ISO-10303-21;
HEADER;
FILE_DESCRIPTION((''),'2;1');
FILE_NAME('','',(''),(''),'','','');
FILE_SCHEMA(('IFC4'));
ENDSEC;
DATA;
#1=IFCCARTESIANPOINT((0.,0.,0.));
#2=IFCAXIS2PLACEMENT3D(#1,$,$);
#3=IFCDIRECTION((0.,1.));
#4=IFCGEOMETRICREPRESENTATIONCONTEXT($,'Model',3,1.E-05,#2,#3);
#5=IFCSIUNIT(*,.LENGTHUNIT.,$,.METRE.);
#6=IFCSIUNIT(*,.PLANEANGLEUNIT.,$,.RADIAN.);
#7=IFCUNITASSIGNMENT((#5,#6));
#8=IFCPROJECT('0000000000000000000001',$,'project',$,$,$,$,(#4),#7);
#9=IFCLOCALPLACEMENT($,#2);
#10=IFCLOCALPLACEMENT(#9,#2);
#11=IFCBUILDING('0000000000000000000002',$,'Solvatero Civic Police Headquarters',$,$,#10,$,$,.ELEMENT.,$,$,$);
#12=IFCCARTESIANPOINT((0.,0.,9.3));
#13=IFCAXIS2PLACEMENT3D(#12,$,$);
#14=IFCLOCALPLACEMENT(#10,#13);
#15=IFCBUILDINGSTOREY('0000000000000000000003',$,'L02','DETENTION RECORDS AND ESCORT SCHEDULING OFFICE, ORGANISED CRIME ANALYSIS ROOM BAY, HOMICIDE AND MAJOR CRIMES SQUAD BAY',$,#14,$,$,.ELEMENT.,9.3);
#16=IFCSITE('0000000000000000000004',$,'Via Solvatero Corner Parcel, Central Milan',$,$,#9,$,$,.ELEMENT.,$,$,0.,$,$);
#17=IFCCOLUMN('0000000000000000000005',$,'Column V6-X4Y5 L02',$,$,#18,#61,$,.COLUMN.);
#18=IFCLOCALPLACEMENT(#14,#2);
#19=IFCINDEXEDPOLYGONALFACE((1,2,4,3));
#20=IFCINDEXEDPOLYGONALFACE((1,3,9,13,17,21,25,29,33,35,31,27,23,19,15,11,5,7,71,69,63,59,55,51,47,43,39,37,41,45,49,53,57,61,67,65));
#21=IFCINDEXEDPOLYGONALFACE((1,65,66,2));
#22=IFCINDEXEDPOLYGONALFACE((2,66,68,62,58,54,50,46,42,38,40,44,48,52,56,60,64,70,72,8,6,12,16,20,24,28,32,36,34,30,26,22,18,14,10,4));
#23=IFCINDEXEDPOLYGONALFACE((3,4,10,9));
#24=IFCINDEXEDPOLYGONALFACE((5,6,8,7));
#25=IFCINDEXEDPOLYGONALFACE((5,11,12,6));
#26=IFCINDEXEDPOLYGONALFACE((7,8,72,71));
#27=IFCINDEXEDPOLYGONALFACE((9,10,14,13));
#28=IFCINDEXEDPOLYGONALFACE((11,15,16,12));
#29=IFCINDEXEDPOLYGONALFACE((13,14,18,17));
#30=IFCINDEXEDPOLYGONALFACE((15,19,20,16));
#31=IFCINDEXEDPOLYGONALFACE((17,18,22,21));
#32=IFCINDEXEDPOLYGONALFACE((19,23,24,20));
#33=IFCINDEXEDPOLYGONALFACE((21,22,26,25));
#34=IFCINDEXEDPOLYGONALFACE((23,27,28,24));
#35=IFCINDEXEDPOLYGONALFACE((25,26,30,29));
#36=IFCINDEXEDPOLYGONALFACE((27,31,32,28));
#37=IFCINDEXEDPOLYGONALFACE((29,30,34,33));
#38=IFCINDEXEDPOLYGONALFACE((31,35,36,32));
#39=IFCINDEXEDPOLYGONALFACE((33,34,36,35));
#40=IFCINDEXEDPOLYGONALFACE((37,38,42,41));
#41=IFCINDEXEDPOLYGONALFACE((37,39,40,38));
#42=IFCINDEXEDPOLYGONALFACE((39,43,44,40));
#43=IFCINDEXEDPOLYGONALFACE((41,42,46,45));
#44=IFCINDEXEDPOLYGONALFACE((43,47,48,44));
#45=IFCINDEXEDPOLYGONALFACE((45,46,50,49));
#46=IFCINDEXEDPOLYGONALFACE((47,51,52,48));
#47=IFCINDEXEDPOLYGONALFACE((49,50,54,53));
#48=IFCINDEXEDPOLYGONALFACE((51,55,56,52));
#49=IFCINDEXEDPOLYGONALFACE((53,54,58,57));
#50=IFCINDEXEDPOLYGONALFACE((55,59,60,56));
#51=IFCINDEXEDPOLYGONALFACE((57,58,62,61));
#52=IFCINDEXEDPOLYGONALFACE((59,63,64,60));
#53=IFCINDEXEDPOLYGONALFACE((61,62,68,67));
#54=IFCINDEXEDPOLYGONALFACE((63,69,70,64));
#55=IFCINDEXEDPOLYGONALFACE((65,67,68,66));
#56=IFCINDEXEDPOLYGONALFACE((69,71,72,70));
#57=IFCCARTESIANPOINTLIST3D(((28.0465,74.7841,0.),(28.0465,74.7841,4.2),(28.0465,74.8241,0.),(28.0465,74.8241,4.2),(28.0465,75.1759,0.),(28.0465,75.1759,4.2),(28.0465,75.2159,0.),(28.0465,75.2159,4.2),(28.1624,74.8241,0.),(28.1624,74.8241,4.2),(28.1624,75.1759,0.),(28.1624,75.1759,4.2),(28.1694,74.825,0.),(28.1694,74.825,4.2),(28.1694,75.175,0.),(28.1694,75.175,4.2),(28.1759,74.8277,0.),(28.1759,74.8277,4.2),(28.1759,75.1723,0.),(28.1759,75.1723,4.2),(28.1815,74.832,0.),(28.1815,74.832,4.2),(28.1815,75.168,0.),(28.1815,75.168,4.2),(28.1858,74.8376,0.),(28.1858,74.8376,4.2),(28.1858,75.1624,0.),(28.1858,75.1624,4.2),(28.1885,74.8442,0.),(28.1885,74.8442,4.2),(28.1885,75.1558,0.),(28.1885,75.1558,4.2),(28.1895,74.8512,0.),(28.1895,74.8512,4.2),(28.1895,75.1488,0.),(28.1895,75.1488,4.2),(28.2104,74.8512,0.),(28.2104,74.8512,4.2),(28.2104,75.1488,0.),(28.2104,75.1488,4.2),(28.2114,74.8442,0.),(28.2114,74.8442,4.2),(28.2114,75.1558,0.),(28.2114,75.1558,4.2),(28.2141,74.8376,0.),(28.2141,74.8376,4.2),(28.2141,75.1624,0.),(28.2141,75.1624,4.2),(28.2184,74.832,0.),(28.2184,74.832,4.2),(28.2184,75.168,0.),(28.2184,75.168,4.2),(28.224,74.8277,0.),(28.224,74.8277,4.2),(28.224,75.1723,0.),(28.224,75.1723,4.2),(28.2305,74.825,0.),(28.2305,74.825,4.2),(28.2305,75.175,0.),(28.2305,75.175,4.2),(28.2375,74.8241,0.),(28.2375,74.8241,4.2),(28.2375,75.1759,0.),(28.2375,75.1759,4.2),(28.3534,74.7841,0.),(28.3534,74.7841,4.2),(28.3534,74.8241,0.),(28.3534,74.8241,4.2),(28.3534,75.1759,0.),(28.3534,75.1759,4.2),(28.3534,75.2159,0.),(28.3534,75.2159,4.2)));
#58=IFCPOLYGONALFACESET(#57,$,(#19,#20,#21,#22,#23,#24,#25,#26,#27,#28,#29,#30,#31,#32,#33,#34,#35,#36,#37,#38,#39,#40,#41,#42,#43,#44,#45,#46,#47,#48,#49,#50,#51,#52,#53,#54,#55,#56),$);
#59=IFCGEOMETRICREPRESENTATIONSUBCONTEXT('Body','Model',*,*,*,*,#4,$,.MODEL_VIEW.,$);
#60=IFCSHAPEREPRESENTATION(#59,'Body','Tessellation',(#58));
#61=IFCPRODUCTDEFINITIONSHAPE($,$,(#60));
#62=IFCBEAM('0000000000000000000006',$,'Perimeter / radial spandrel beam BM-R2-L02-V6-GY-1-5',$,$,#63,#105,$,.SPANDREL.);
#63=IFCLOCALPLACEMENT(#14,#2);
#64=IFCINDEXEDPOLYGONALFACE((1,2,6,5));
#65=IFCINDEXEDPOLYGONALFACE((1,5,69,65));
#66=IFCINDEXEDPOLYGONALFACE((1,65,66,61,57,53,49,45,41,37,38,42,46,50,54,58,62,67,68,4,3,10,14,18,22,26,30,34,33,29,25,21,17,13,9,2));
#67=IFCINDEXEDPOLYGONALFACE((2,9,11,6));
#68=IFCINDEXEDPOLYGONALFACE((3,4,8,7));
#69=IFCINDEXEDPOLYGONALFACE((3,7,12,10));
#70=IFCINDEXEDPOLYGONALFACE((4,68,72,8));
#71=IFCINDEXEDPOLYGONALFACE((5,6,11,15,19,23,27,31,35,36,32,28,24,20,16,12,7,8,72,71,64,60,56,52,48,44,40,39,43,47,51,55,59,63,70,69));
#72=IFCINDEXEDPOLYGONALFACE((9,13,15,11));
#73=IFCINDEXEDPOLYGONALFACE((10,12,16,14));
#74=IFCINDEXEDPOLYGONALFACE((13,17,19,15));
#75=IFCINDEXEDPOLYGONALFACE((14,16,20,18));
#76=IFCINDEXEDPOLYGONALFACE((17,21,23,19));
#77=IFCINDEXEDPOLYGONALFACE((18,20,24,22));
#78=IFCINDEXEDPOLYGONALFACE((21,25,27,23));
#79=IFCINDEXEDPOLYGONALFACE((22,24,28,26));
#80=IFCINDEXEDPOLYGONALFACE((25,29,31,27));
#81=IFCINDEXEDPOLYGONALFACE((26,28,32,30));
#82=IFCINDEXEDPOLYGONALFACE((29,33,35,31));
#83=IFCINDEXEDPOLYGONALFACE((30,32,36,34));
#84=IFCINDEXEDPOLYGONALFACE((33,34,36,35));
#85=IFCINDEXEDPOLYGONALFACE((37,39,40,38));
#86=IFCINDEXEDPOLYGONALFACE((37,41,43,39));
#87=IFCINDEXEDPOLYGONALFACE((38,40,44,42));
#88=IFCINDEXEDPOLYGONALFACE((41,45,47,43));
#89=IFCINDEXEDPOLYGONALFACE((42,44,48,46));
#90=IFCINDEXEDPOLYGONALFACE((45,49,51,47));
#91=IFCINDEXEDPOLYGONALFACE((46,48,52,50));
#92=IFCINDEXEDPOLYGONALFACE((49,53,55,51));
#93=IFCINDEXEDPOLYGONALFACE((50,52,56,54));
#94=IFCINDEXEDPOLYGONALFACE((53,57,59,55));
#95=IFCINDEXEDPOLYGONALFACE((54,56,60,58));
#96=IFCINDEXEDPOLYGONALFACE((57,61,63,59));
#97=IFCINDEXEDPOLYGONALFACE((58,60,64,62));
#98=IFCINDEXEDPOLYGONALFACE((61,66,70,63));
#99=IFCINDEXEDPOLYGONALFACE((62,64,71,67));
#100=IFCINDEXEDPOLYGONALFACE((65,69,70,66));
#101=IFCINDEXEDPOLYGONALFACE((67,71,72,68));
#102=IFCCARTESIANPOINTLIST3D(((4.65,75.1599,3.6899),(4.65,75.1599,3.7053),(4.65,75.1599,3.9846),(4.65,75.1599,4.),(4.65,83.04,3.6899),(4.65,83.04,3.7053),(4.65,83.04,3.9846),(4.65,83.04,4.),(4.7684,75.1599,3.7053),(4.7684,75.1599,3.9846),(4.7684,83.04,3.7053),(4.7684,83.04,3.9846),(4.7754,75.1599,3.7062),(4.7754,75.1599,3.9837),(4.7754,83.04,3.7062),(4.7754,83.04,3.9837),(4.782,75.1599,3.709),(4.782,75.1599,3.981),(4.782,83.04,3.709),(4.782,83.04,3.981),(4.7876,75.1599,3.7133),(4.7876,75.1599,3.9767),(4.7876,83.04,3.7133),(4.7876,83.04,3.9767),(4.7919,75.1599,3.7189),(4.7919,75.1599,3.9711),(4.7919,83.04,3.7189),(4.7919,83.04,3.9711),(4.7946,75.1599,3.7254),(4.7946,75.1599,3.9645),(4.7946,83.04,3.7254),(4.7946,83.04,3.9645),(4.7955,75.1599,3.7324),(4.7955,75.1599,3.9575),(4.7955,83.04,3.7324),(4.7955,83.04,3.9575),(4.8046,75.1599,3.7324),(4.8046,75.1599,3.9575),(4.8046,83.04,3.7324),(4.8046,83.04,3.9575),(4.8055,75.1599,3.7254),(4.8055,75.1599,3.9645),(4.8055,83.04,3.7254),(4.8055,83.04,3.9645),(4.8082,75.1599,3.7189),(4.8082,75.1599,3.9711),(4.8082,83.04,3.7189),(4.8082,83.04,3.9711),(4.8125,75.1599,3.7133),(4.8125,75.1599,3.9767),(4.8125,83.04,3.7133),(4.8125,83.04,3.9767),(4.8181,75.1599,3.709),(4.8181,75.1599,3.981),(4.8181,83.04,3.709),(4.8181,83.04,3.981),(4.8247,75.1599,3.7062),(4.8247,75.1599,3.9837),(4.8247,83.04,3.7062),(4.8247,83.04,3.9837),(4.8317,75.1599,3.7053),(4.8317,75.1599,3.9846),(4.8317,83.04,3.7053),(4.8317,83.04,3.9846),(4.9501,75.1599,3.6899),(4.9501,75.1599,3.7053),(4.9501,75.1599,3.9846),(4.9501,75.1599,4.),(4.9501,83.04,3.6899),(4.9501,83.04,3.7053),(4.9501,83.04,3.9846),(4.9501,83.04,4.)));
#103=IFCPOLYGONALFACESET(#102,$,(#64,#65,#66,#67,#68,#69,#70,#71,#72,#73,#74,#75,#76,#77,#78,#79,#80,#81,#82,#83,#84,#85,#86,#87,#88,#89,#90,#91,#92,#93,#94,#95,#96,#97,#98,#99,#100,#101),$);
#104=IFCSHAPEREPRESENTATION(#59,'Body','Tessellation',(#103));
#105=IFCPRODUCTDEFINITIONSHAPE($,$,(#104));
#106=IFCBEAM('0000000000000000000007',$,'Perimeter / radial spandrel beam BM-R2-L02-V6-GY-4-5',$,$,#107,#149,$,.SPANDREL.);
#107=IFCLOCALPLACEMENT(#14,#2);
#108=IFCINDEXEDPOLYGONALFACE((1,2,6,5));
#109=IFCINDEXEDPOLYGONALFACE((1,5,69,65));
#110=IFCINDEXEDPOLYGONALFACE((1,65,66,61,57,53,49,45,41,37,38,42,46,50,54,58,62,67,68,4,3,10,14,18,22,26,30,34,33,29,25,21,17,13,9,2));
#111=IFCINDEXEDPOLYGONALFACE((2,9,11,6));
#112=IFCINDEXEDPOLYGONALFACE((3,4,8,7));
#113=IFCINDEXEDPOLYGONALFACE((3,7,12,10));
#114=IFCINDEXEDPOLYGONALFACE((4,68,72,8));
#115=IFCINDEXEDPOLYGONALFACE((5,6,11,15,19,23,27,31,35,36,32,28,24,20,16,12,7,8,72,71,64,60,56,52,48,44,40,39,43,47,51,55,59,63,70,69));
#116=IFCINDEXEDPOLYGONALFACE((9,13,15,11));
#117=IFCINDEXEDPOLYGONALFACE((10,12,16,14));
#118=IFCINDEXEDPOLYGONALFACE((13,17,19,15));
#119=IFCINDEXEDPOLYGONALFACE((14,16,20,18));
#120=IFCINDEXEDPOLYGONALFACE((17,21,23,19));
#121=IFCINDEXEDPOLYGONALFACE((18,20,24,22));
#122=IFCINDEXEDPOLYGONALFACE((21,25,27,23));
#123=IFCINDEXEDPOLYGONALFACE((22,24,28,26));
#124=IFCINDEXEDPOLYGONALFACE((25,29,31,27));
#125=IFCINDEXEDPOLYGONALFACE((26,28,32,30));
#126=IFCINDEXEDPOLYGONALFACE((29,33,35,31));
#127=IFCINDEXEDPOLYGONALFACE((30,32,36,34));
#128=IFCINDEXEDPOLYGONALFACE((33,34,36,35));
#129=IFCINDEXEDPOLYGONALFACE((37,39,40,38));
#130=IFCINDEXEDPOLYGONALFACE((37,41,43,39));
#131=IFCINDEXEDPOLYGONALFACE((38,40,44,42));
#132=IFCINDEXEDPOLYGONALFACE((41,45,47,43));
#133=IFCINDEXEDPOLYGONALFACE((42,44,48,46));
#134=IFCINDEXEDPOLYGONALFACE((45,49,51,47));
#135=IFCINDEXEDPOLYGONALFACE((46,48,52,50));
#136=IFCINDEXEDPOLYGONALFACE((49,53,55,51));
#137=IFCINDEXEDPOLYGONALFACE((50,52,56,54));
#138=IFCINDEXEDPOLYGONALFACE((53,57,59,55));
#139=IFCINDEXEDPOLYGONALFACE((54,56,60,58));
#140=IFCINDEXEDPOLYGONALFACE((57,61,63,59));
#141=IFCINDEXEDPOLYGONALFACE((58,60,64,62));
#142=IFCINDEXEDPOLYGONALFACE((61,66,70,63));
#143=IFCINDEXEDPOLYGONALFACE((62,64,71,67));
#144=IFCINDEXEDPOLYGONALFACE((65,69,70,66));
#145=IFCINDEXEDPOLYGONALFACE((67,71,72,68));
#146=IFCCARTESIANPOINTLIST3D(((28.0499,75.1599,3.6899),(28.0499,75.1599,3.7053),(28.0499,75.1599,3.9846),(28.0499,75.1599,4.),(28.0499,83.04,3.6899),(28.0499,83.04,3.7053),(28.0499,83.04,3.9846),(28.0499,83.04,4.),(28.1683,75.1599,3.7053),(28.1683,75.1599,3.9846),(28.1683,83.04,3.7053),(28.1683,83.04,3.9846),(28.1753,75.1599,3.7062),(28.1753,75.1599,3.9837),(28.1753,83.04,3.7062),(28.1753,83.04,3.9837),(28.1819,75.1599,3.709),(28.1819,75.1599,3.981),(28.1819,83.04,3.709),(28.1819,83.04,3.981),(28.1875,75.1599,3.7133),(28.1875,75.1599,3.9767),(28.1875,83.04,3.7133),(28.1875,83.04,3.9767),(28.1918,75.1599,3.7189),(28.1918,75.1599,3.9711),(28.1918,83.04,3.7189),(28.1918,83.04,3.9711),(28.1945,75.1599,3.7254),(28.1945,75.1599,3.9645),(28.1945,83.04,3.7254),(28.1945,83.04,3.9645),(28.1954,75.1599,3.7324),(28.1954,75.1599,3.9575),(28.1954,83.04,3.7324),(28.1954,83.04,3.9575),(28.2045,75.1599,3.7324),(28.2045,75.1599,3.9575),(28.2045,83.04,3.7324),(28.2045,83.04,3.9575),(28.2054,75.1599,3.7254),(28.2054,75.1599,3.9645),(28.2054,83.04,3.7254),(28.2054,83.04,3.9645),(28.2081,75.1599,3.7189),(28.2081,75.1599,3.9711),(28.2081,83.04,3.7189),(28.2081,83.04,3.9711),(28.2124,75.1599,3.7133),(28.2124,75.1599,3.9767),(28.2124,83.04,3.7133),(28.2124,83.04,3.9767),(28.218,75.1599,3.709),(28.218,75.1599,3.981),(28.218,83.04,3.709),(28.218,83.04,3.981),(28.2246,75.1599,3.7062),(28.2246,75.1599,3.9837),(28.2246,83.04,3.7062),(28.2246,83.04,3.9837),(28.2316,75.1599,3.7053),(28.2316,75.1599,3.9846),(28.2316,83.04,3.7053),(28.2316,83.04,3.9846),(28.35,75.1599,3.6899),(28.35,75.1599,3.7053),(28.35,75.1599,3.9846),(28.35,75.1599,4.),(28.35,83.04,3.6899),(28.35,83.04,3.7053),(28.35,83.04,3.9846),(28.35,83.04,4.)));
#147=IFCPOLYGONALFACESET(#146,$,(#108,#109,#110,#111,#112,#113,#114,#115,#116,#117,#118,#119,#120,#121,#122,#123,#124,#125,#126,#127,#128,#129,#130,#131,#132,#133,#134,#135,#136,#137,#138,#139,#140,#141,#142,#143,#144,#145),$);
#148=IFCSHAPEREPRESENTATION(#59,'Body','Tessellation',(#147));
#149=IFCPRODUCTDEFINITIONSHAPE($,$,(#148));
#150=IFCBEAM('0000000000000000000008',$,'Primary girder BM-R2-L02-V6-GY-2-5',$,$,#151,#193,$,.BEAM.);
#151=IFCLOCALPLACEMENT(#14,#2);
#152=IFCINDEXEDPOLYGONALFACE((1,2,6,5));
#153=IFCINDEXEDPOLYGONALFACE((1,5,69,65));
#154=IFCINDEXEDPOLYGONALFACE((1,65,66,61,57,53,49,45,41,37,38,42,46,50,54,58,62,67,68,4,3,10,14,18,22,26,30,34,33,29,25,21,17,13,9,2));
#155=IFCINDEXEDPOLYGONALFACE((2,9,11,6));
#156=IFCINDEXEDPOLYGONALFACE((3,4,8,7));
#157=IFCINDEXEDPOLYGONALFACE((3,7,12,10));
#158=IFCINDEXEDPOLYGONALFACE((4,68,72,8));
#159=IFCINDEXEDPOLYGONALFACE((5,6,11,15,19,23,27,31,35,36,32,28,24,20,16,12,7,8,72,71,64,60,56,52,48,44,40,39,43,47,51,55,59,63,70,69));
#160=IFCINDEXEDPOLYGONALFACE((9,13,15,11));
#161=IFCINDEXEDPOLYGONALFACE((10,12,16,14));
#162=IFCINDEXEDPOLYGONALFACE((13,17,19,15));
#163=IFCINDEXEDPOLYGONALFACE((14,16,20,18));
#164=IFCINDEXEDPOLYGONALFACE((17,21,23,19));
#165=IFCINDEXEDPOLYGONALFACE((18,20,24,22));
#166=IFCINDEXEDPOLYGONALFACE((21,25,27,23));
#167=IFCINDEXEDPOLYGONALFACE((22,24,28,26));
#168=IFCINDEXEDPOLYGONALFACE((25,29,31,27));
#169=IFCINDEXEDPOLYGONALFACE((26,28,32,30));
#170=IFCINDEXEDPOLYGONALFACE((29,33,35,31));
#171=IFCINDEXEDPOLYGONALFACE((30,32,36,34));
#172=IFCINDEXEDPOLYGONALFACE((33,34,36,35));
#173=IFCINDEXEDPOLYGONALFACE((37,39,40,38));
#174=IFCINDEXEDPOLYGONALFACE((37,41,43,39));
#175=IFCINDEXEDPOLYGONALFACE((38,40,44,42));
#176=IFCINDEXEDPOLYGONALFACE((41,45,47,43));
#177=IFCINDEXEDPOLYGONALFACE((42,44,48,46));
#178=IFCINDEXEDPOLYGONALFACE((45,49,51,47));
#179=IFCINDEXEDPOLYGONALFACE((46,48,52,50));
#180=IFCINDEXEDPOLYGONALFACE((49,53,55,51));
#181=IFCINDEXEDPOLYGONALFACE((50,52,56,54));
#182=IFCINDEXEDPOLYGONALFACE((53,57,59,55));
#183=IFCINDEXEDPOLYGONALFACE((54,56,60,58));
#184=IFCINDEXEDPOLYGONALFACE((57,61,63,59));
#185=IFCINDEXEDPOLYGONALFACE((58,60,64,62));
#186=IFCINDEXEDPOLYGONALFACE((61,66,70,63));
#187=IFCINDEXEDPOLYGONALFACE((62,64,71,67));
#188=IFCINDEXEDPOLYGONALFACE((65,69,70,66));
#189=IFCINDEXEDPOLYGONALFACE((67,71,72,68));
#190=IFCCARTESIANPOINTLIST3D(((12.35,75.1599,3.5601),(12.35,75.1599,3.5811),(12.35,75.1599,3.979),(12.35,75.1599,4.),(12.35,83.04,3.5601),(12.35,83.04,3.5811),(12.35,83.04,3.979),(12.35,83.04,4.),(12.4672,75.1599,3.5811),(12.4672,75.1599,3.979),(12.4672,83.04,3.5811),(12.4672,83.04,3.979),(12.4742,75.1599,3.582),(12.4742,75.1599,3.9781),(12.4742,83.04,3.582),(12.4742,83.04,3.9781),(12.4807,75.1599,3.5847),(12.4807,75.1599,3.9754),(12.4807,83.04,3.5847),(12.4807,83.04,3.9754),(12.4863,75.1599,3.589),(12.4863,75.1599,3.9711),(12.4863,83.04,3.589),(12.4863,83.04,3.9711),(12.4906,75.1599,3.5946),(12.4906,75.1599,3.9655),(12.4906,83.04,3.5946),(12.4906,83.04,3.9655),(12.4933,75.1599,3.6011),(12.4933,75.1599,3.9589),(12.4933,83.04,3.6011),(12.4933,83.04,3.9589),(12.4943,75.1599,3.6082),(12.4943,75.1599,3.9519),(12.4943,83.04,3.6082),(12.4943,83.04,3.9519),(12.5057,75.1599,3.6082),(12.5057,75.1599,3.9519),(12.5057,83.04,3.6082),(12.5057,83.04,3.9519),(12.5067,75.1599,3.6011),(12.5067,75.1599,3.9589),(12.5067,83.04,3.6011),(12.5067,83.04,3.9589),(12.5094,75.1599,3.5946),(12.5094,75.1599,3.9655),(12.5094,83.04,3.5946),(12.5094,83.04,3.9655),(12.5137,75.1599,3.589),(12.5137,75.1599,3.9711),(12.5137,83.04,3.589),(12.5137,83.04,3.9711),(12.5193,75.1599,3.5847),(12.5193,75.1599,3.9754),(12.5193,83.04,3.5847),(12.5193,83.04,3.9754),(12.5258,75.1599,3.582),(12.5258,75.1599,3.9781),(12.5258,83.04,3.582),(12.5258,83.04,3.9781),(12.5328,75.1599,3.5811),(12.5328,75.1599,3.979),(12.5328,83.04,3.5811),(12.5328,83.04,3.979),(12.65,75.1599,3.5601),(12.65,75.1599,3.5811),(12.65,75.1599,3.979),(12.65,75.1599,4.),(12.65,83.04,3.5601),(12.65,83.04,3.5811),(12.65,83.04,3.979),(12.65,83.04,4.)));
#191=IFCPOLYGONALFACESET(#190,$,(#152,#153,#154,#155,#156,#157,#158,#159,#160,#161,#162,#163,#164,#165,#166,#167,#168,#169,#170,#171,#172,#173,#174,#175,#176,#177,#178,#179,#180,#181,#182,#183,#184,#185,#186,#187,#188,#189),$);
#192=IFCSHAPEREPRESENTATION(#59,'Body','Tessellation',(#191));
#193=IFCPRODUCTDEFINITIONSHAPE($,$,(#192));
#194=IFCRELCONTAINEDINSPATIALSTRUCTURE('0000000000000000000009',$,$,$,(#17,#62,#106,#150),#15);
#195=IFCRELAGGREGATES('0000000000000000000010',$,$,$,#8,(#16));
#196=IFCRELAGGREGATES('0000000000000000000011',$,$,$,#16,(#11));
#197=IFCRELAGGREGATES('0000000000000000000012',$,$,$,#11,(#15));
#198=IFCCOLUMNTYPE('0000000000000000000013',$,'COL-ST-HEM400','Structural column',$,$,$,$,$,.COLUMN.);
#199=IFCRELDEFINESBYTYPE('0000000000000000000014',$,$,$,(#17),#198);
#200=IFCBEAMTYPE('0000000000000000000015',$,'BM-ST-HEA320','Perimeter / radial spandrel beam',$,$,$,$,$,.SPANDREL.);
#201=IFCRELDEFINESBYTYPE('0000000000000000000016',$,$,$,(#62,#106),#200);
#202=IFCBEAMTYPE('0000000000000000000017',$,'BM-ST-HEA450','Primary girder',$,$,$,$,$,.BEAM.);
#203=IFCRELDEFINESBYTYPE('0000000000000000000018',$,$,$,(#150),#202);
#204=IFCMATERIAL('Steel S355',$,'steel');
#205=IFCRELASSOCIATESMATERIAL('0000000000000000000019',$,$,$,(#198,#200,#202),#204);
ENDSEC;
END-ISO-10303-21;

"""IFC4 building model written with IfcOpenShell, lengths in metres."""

from ifc_helpers import new_model, si_unit, direction, frame, origin, origin_2d, place, context, subcontext, project, spatial, i_section, extrude, material, material_profile, profile_set, type_object, element, save


model = new_model("IFC4")

# Units and contexts
model_context = context("Model", 3, precision=1e-05, world=origin(), true_north=direction((0.0, 1.0)))
body_context = subcontext(model_context, "Body", "Model", "MODEL_VIEW")
ifc_project = project(units=[si_unit("LENGTHUNIT", "METRE"), si_unit("PLANEANGLEUNIT", "RADIAN")], contexts=[model_context])

# Site, building, storey
site_placement = place(None, origin())
site = spatial("IfcSite", under=ifc_project, at=site_placement, Name="Via Solvatero Corner Parcel, Central Milan", CompositionType="ELEMENT", RefElevation=0.0)
building_placement = place(site_placement, origin())
building = spatial("IfcBuilding", under=site, at=building_placement, Name="Solvatero Civic Police Headquarters", CompositionType="ELEMENT")
storey_placement = place(building_placement, frame((0.0, 0.0, 9.3)))
storey = spatial("IfcBuildingStorey", under=building, at=storey_placement, Name="L02", Description="DETENTION RECORDS AND ESCORT SCHEDULING OFFICE, ORGANISED CRIME ANALYSIS ROOM BAY, HOMICIDE AND MAJOR CRIMES SQUAD BAY", CompositionType="ELEMENT", Elevation=9.3)

# Column
ifc_material_1 = material(Name="Steel S355", Category="steel")
ifc_material_profile_1 = material_profile(ifc_material_1, i_section(OverallWidth=0.3069, OverallDepth=0.4319, WebThickness=0.021, FlangeThickness=0.04, FilletRadius=0.0271, at=origin_2d()), Name="HEM 400")
ifc_profile_set_1 = profile_set([ifc_material_profile_1], Name="Steel S355")
column_type = type_object("IfcColumnType", Name="COL-ST-HEM400", Description="Structural column", PredefinedType="COLUMN", material=ifc_profile_set_1)
column_placement = place(storey_placement, frame((28.2, 75.0, 0.0), z_axis=(0.0, 0.0, 1.0), x_axis=(1.0, 0.0, 0.0)))
element("IfcColumn", 1, at=column_placement, inside=storey, type_object=column_type, Name="Column V6-X4Y5 L02", PredefinedType="COLUMN", context=body_context, shape_type="SweptSolid", body=[
    extrude(i_section(OverallWidth=0.3069, OverallDepth=0.4319, WebThickness=0.021, FlangeThickness=0.04, FilletRadius=0.0271, at=origin_2d()), origin(), (0.0, 0.0, 1.0), 4.2),
])

# Beams
ifc_material_profile_2 = material_profile(ifc_material_1, i_section(OverallWidth=0.3, OverallDepth=0.3101, WebThickness=0.009, FlangeThickness=0.0154, FilletRadius=0.0271, at=origin_2d()), Name="HEA 320")
ifc_profile_set_2 = profile_set([ifc_material_profile_2], Name="Steel S355")
beam_type_1 = type_object("IfcBeamType", Name="BM-ST-HEA320", Description="Perimeter / radial spandrel beam", PredefinedType="SPANDREL", material=ifc_profile_set_2)
for number, where, z_axis, x_axis, name in (
    (2, (4.8, 75.1599, 3.845), (0.0, 1.0, 0.0), (-1.0, 0.0, 0.0), "Perimeter / radial spandrel beam BM-R2-L02-V6-GY-1-5"),
    (3, (28.2, 75.1599, 3.845), (0.0, 1.0, 0.0), (-1.0, 0.0, 0.0), "Perimeter / radial spandrel beam BM-R2-L02-V6-GY-4-5"),
):
    element("IfcBeam", number, at=place(storey_placement, frame(where, z_axis=z_axis, x_axis=x_axis)), inside=storey, type_object=beam_type_1, Name=name, PredefinedType="SPANDREL", context=body_context, shape_type="SweptSolid", body=[
        extrude(i_section(OverallWidth=0.3, OverallDepth=0.3101, WebThickness=0.009, FlangeThickness=0.0154, FilletRadius=0.0271, at=origin_2d()), origin(), (0.0, 0.0, 1.0), 7.8801),
    ])
ifc_material_profile_3 = material_profile(ifc_material_1, i_section(OverallWidth=0.3, OverallDepth=0.4399, WebThickness=0.0115, FlangeThickness=0.021, FilletRadius=0.0271, at=origin_2d()), Name="HEA 450")
ifc_profile_set_3 = profile_set([ifc_material_profile_3], Name="Steel S355")
beam_type_2 = type_object("IfcBeamType", Name="BM-ST-HEA450", Description="Primary girder", PredefinedType="BEAM", material=ifc_profile_set_3)
for number, where, z_axis, x_axis, name in (
    (4, (12.5, 75.1599, 3.78), (0.0, 1.0, 0.0), (-1.0, 0.0, 0.0), "Primary girder BM-R2-L02-V6-GY-2-5"),
):
    element("IfcBeam", number, at=place(storey_placement, frame(where, z_axis=z_axis, x_axis=x_axis)), inside=storey, type_object=beam_type_2, Name=name, PredefinedType="BEAM", context=body_context, shape_type="SweptSolid", body=[
        extrude(i_section(OverallWidth=0.3, OverallDepth=0.4399, WebThickness=0.0115, FlangeThickness=0.021, FilletRadius=0.0271, at=origin_2d()), origin(), (0.0, 0.0, 1.0), 7.8801),
    ])

save(model, "model.ifc")
